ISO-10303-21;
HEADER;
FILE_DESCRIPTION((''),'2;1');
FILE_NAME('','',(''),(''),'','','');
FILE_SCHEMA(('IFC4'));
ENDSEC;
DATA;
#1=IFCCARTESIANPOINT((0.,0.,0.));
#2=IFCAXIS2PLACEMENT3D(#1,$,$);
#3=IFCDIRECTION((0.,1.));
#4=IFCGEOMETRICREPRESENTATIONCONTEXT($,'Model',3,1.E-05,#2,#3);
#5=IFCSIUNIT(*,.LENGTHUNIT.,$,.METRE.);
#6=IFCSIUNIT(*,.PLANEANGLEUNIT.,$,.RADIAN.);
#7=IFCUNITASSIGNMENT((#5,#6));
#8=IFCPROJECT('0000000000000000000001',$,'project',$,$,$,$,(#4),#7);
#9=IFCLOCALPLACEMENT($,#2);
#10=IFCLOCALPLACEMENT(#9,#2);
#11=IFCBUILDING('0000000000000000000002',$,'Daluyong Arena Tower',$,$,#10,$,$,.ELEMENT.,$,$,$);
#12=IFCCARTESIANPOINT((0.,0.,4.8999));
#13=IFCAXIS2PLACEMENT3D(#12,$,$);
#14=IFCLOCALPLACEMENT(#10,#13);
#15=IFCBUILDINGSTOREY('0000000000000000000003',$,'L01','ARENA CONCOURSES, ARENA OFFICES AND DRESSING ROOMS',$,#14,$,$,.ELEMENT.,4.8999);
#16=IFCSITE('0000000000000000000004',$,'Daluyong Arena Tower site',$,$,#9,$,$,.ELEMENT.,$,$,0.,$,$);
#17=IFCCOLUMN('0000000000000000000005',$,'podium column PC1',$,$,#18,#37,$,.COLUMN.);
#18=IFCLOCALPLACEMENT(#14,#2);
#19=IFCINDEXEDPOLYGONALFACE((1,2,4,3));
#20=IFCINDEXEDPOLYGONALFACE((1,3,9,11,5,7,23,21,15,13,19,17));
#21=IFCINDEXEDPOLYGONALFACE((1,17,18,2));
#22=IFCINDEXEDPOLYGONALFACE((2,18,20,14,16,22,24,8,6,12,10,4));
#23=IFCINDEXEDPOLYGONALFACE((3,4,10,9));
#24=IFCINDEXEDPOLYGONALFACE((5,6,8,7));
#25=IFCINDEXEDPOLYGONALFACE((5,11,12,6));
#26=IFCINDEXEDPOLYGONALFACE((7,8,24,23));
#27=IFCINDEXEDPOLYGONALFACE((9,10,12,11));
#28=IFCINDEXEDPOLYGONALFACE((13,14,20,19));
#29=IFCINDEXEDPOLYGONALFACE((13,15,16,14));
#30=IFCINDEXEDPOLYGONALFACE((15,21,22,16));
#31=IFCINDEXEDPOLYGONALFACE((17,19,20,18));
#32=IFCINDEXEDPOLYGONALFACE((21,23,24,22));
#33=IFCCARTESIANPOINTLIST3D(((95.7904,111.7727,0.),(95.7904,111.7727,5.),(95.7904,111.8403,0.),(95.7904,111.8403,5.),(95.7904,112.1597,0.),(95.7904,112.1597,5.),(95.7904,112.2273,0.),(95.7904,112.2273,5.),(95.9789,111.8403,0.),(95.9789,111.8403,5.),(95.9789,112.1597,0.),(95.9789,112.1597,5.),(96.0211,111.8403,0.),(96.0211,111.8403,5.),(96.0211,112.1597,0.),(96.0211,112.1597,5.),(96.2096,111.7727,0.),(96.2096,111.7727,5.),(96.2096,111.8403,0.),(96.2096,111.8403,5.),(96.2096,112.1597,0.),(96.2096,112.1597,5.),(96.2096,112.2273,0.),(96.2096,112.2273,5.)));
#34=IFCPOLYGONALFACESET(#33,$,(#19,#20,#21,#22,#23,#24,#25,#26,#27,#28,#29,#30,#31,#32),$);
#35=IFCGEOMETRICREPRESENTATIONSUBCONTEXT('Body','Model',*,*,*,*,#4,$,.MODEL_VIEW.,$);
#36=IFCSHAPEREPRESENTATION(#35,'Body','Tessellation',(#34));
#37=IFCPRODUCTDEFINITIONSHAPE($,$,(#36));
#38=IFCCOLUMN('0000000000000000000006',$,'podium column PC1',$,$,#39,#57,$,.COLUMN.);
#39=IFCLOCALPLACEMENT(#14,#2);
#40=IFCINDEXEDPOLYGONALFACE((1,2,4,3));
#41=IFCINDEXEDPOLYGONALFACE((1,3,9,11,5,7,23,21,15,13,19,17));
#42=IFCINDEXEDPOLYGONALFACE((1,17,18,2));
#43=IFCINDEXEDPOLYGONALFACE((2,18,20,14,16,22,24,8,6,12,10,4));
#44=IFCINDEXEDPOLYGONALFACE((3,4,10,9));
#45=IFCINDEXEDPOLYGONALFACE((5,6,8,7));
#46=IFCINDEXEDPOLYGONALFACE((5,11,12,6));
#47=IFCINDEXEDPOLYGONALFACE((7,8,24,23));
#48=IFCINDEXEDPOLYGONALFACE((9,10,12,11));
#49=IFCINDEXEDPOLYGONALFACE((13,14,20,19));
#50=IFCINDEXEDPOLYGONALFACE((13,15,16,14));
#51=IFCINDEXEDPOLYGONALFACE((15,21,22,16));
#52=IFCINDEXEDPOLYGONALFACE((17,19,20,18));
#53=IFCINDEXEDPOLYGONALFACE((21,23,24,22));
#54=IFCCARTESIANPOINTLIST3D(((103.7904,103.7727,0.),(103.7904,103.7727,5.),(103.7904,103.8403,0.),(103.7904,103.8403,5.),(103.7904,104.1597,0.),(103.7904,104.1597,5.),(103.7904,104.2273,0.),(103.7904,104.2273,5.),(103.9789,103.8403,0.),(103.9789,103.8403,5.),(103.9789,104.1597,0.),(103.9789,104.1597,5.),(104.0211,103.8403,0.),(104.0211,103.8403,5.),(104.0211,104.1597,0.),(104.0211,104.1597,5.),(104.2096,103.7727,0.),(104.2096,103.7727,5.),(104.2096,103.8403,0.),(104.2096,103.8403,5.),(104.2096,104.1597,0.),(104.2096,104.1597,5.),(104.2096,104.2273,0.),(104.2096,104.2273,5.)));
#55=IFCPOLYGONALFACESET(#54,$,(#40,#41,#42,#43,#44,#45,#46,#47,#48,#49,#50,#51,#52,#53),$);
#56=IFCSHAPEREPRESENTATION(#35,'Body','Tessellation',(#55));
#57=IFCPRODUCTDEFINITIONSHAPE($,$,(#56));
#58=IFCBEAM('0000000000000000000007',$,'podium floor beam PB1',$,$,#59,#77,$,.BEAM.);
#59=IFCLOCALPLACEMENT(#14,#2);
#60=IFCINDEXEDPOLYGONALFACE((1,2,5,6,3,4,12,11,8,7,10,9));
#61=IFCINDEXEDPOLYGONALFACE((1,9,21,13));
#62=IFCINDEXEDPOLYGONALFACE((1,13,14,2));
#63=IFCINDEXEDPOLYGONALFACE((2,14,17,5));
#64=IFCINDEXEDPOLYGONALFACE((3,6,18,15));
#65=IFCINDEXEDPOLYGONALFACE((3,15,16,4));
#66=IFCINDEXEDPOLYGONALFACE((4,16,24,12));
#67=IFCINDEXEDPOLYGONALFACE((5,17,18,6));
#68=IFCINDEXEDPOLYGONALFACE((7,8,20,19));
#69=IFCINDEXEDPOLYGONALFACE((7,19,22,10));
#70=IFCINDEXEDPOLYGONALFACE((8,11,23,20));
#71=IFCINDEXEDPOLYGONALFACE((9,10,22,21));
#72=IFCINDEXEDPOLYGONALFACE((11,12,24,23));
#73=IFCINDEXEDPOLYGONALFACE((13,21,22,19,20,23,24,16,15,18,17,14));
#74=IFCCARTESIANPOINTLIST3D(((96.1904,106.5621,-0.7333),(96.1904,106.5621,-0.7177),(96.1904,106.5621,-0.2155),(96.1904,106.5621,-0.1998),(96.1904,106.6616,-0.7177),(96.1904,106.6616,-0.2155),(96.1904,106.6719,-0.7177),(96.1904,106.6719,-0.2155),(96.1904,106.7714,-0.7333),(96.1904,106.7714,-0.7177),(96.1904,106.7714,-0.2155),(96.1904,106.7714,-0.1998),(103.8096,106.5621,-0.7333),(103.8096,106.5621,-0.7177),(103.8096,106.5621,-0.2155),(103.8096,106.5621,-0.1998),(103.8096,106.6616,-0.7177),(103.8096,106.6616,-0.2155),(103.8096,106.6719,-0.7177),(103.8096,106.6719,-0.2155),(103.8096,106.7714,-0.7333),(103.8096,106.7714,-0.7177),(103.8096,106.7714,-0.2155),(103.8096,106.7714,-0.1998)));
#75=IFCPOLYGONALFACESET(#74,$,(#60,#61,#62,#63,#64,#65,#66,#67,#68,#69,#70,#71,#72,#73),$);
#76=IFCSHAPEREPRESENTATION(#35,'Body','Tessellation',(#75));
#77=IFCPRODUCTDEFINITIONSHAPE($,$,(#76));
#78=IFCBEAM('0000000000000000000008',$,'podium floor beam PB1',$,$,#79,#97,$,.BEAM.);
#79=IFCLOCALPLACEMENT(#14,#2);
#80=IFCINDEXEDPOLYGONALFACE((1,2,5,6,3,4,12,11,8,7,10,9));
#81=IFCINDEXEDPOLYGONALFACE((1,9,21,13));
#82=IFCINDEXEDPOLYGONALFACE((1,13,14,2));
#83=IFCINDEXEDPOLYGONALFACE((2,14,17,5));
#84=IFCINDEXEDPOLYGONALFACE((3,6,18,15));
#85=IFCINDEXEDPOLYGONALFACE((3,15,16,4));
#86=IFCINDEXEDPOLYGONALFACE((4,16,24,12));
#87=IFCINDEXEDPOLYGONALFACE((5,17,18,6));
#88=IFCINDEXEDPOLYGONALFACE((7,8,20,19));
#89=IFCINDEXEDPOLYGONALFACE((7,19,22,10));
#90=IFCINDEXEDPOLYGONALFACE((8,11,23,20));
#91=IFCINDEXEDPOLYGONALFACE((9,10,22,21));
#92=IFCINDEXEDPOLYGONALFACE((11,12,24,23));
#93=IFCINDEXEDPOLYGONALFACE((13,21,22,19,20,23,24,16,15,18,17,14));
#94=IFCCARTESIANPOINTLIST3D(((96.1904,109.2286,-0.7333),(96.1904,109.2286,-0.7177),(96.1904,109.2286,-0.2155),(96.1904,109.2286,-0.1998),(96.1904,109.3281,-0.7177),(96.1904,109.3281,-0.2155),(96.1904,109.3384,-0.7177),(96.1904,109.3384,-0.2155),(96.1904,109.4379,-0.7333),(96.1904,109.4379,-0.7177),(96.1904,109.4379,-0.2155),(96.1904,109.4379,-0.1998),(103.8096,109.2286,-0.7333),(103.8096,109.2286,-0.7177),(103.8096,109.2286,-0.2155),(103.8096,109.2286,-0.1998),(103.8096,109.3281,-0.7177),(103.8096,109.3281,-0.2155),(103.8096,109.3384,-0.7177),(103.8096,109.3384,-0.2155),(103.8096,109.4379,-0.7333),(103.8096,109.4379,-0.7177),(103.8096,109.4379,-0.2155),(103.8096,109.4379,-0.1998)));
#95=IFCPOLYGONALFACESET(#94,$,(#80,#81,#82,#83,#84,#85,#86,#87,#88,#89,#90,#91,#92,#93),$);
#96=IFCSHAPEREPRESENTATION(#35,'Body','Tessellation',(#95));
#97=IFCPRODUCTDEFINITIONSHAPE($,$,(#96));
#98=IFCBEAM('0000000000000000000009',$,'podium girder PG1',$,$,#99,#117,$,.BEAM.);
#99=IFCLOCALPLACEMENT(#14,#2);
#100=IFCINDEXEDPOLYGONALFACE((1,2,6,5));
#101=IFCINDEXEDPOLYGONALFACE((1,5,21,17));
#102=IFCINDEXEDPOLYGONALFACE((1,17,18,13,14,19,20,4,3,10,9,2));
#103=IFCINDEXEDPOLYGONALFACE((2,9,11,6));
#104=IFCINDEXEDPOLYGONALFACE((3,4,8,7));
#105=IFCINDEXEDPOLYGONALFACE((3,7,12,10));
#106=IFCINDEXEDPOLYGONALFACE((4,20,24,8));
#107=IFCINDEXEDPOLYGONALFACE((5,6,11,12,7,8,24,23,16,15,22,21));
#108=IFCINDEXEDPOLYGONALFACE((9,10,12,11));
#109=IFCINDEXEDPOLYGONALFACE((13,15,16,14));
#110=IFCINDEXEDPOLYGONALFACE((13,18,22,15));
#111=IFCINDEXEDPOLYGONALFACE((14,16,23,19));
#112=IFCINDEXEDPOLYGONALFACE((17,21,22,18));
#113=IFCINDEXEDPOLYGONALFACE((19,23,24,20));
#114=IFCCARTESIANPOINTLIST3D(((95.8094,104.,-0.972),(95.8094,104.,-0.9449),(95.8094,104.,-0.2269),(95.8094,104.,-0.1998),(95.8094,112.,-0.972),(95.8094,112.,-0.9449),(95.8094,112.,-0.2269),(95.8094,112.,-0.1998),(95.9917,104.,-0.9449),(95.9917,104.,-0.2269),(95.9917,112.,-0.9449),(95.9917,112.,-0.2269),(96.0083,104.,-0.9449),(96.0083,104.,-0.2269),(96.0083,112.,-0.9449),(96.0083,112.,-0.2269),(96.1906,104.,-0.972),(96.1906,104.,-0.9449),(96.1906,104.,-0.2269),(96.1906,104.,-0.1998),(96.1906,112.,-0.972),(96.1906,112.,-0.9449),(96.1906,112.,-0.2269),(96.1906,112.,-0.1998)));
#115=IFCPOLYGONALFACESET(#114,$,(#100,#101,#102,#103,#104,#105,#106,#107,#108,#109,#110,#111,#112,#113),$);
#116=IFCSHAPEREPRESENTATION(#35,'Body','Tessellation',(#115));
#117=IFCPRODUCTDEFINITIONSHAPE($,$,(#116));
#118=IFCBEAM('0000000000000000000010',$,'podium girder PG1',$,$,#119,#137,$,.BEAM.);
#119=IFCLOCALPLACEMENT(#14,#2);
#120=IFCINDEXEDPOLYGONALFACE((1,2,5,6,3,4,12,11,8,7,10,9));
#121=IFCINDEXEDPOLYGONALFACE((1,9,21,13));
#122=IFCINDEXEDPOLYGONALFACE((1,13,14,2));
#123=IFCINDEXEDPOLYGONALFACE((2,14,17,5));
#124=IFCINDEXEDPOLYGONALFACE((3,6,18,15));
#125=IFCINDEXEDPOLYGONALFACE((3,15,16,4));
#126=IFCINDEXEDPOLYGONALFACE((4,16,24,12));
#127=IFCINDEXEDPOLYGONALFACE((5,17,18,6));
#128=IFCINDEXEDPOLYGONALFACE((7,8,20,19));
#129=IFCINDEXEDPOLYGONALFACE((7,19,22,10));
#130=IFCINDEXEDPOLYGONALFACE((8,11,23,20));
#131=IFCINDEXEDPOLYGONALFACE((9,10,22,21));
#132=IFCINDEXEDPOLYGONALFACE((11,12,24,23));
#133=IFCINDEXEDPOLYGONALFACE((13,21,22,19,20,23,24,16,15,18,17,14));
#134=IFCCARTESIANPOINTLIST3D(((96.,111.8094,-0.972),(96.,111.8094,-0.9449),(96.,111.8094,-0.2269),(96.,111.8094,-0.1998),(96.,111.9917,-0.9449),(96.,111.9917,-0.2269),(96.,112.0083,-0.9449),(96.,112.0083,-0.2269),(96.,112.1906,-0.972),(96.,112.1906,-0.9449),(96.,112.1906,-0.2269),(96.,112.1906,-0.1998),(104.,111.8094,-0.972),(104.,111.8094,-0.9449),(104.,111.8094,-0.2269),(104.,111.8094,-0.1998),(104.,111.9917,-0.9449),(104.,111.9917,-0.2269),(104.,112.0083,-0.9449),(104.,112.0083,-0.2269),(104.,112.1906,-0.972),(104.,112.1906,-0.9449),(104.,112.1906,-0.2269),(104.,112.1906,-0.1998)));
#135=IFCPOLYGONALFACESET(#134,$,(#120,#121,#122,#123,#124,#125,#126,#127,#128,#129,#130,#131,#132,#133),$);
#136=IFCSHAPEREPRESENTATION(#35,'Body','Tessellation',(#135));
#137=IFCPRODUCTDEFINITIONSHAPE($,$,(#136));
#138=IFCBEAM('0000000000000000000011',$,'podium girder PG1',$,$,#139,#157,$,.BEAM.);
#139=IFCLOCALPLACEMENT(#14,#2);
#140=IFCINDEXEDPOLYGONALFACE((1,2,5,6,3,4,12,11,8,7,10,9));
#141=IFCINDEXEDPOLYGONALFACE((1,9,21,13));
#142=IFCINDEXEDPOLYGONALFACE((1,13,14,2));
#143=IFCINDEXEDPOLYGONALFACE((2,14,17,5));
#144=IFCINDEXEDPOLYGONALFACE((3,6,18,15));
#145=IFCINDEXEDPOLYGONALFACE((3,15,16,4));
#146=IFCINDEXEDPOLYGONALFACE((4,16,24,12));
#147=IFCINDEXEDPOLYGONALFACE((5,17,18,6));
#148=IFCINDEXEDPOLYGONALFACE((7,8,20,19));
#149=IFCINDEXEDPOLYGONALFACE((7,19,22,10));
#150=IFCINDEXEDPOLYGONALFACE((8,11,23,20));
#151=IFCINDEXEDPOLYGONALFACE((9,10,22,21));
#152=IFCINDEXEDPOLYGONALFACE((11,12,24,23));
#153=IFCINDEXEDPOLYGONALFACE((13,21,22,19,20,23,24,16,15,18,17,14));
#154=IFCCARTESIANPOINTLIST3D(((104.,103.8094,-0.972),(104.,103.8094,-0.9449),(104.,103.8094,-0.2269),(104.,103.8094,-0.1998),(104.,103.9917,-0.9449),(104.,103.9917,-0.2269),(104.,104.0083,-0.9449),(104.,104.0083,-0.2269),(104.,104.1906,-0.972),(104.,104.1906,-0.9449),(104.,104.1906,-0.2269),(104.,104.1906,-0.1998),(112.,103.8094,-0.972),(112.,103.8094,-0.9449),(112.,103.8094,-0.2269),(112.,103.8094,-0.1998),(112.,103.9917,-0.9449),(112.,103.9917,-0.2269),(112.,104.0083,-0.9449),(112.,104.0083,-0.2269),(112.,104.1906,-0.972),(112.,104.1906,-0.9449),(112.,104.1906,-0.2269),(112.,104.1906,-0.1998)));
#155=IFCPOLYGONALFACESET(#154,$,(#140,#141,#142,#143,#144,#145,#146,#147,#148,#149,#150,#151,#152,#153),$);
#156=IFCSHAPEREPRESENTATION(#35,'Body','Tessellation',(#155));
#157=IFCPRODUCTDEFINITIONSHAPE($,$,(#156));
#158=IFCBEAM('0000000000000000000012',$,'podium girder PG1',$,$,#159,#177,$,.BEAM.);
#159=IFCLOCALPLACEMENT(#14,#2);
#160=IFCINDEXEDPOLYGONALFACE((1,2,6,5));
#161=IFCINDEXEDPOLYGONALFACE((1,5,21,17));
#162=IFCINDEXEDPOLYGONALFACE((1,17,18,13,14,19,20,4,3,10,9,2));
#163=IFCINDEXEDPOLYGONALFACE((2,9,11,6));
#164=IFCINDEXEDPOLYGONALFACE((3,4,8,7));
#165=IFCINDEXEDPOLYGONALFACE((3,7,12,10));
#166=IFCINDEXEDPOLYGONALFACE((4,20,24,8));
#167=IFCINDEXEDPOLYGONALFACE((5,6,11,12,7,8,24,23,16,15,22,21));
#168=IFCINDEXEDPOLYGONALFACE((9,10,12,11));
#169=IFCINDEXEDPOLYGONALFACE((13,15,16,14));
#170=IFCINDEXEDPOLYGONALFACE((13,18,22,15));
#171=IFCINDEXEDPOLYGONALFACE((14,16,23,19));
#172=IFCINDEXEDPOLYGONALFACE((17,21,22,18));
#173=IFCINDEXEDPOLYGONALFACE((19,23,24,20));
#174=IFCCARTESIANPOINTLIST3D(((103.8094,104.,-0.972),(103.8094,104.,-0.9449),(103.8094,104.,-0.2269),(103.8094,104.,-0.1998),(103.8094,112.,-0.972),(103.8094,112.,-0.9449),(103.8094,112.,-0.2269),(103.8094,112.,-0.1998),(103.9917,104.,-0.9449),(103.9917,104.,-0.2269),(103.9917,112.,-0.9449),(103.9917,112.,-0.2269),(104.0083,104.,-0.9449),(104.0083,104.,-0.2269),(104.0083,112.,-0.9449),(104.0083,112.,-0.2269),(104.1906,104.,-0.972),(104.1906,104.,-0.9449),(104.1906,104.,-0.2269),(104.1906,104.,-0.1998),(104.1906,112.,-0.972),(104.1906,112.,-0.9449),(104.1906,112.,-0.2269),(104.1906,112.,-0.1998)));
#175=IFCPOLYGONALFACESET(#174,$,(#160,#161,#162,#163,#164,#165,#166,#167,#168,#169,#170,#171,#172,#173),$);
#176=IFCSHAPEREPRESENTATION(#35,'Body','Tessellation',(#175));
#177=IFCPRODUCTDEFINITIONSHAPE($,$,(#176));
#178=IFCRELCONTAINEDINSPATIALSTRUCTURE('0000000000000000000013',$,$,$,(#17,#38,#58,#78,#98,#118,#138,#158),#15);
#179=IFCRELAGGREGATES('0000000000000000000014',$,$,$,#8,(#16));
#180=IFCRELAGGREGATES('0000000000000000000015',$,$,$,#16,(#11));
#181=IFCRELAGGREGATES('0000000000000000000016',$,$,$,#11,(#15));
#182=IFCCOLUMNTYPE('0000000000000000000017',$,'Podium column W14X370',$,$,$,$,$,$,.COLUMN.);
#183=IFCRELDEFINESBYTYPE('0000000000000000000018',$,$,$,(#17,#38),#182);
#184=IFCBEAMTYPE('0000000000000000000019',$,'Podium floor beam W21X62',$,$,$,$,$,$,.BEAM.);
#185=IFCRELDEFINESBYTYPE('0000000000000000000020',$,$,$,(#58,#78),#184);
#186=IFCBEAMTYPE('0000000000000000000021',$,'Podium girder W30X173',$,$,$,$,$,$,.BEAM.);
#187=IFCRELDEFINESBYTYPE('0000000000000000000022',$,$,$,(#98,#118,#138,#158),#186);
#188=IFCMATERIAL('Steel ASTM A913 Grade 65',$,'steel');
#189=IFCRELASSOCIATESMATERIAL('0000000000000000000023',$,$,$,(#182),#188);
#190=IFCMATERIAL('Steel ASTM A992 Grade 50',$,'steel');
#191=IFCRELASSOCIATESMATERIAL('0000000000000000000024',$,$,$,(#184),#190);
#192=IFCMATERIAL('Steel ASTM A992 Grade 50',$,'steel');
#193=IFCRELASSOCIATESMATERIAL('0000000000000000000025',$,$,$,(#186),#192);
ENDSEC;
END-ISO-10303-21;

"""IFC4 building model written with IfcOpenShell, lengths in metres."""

from ifc_helpers import new_model, si_unit, direction, frame, origin, origin_2d, place, context, subcontext, project, spatial, i_section, extrude, material, material_profile, profile_set, type_object, element, save


model = new_model("IFC4")

# Units and contexts
model_context = context("Model", 3, precision=1e-05, world=origin(), true_north=direction((0.0, 1.0)))
body_context = subcontext(model_context, "Body", "Model", "MODEL_VIEW")
ifc_project = project(units=[si_unit("LENGTHUNIT", "METRE"), si_unit("PLANEANGLEUNIT", "RADIAN")], contexts=[model_context])

# Site, building, storey
site_placement = place(None, origin())
site = spatial("IfcSite", under=ifc_project, at=site_placement, Name="Daluyong Arena Tower site", CompositionType="ELEMENT", RefElevation=0.0)
building_placement = place(site_placement, origin())
building = spatial("IfcBuilding", under=site, at=building_placement, Name="Daluyong Arena Tower", CompositionType="ELEMENT")
storey_placement = place(building_placement, frame((0.0, 0.0, 4.8999)))
storey = spatial("IfcBuildingStorey", under=building, at=storey_placement, Name="L01", Description="ARENA CONCOURSES, ARENA OFFICES AND DRESSING ROOMS", CompositionType="ELEMENT", Elevation=4.8999)

# Columns
ifc_material_1 = material(Name="Steel ASTM A913 Grade 65", Category="steel")
ifc_material_profile_1 = material_profile(ifc_material_1, i_section(OverallWidth=0.4192, OverallDepth=0.4546, WebThickness=0.0422, FlangeThickness=0.0676, at=origin_2d()))
ifc_profile_set_1 = profile_set([ifc_material_profile_1], Name="Steel ASTM A913 Grade 65")
column_type = type_object("IfcColumnType", Name="Podium column W14X370", PredefinedType="COLUMN", material=ifc_profile_set_1)
for number, where, z_axis, x_axis, name in (
    (1, (96.0, 112.0, 0.0), (0.0, 0.0, 1.0), (1.0, 0.0, 0.0), "podium column PC1"),
    (2, (104.0, 104.0, 0.0), (0.0, 0.0, 1.0), (1.0, 0.0, 0.0), "podium column PC1"),
):
    element("IfcColumn", number, at=place(storey_placement, frame(where, z_axis=z_axis, x_axis=x_axis)), inside=storey, type_object=column_type, Name=name, PredefinedType="COLUMN", context=body_context, shape_type="SweptSolid", body=[
        extrude(i_section(OverallWidth=0.4192, OverallDepth=0.4546, WebThickness=0.0422, FlangeThickness=0.0676, at=origin_2d()), origin(), (0.0, 0.0, 1.0), 5.0),
    ])

# Beams
ifc_material_2 = material(Name="Steel ASTM A992 Grade 50", Category="steel")
ifc_material_profile_2 = material_profile(ifc_material_2, i_section(OverallWidth=0.2092, OverallDepth=0.5334, WebThickness=0.0103, FlangeThickness=0.0156, at=origin_2d()))
ifc_profile_set_2 = profile_set([ifc_material_profile_2], Name="Steel ASTM A992 Grade 50")
beam_type_1 = type_object("IfcBeamType", Name="Podium floor beam W21X62", PredefinedType="BEAM", material=ifc_profile_set_2)
for number, where, z_axis, x_axis, name in (
    (3, (96.1904, 106.6667, -0.4666), (1.0, 0.0, 0.0), (0.0, 1.0, 0.0), "podium floor beam PB1"),
    (4, (96.1904, 109.3333, -0.4666), (1.0, 0.0, 0.0), (0.0, 1.0, 0.0), "podium floor beam PB1"),
):
    element("IfcBeam", number, at=place(storey_placement, frame(where, z_axis=z_axis, x_axis=x_axis)), inside=storey, type_object=beam_type_1, Name=name, PredefinedType="BEAM", context=body_context, shape_type="SweptSolid", body=[
        extrude(i_section(OverallWidth=0.2092, OverallDepth=0.5334, WebThickness=0.0103, FlangeThickness=0.0156, at=origin_2d()), origin(), (0.0, 0.0, 1.0), 7.6191),
    ])
ifc_material_3 = material(Name="Steel ASTM A992 Grade 50", Category="steel")
ifc_material_profile_3 = material_profile(ifc_material_3, i_section(OverallWidth=0.3811, OverallDepth=0.7722, WebThickness=0.0166, FlangeThickness=0.0271, at=origin_2d()))
ifc_profile_set_3 = profile_set([ifc_material_profile_3], Name="Steel ASTM A992 Grade 50")
beam_type_2 = type_object("IfcBeamType", Name="Podium girder W30X173", PredefinedType="BEAM", material=ifc_profile_set_3)
for number, where, z_axis, x_axis, name in (
    (5, (96.0, 104.0, -0.5859), (0.0, 1.0, 0.0), (-1.0, 0.0, 0.0), "podium girder PG1"),
    (6, (96.0, 112.0, -0.5859), (1.0, 0.0, 0.0), (0.0, 1.0, 0.0), "podium girder PG1"),
    (7, (104.0, 104.0, -0.5859), (1.0, 0.0, 0.0), (0.0, 1.0, 0.0), "podium girder PG1"),
    (8, (104.0, 104.0, -0.5859), (0.0, 1.0, 0.0), (-1.0, 0.0, 0.0), "podium girder PG1"),
):
    element("IfcBeam", number, at=place(storey_placement, frame(where, z_axis=z_axis, x_axis=x_axis)), inside=storey, type_object=beam_type_2, Name=name, PredefinedType="BEAM", context=body_context, shape_type="SweptSolid", body=[
        extrude(i_section(OverallWidth=0.3811, OverallDepth=0.7722, WebThickness=0.0166, FlangeThickness=0.0271, at=origin_2d()), origin(), (0.0, 0.0, 1.0), 8.0),
    ])

save(model, "model.ifc")
